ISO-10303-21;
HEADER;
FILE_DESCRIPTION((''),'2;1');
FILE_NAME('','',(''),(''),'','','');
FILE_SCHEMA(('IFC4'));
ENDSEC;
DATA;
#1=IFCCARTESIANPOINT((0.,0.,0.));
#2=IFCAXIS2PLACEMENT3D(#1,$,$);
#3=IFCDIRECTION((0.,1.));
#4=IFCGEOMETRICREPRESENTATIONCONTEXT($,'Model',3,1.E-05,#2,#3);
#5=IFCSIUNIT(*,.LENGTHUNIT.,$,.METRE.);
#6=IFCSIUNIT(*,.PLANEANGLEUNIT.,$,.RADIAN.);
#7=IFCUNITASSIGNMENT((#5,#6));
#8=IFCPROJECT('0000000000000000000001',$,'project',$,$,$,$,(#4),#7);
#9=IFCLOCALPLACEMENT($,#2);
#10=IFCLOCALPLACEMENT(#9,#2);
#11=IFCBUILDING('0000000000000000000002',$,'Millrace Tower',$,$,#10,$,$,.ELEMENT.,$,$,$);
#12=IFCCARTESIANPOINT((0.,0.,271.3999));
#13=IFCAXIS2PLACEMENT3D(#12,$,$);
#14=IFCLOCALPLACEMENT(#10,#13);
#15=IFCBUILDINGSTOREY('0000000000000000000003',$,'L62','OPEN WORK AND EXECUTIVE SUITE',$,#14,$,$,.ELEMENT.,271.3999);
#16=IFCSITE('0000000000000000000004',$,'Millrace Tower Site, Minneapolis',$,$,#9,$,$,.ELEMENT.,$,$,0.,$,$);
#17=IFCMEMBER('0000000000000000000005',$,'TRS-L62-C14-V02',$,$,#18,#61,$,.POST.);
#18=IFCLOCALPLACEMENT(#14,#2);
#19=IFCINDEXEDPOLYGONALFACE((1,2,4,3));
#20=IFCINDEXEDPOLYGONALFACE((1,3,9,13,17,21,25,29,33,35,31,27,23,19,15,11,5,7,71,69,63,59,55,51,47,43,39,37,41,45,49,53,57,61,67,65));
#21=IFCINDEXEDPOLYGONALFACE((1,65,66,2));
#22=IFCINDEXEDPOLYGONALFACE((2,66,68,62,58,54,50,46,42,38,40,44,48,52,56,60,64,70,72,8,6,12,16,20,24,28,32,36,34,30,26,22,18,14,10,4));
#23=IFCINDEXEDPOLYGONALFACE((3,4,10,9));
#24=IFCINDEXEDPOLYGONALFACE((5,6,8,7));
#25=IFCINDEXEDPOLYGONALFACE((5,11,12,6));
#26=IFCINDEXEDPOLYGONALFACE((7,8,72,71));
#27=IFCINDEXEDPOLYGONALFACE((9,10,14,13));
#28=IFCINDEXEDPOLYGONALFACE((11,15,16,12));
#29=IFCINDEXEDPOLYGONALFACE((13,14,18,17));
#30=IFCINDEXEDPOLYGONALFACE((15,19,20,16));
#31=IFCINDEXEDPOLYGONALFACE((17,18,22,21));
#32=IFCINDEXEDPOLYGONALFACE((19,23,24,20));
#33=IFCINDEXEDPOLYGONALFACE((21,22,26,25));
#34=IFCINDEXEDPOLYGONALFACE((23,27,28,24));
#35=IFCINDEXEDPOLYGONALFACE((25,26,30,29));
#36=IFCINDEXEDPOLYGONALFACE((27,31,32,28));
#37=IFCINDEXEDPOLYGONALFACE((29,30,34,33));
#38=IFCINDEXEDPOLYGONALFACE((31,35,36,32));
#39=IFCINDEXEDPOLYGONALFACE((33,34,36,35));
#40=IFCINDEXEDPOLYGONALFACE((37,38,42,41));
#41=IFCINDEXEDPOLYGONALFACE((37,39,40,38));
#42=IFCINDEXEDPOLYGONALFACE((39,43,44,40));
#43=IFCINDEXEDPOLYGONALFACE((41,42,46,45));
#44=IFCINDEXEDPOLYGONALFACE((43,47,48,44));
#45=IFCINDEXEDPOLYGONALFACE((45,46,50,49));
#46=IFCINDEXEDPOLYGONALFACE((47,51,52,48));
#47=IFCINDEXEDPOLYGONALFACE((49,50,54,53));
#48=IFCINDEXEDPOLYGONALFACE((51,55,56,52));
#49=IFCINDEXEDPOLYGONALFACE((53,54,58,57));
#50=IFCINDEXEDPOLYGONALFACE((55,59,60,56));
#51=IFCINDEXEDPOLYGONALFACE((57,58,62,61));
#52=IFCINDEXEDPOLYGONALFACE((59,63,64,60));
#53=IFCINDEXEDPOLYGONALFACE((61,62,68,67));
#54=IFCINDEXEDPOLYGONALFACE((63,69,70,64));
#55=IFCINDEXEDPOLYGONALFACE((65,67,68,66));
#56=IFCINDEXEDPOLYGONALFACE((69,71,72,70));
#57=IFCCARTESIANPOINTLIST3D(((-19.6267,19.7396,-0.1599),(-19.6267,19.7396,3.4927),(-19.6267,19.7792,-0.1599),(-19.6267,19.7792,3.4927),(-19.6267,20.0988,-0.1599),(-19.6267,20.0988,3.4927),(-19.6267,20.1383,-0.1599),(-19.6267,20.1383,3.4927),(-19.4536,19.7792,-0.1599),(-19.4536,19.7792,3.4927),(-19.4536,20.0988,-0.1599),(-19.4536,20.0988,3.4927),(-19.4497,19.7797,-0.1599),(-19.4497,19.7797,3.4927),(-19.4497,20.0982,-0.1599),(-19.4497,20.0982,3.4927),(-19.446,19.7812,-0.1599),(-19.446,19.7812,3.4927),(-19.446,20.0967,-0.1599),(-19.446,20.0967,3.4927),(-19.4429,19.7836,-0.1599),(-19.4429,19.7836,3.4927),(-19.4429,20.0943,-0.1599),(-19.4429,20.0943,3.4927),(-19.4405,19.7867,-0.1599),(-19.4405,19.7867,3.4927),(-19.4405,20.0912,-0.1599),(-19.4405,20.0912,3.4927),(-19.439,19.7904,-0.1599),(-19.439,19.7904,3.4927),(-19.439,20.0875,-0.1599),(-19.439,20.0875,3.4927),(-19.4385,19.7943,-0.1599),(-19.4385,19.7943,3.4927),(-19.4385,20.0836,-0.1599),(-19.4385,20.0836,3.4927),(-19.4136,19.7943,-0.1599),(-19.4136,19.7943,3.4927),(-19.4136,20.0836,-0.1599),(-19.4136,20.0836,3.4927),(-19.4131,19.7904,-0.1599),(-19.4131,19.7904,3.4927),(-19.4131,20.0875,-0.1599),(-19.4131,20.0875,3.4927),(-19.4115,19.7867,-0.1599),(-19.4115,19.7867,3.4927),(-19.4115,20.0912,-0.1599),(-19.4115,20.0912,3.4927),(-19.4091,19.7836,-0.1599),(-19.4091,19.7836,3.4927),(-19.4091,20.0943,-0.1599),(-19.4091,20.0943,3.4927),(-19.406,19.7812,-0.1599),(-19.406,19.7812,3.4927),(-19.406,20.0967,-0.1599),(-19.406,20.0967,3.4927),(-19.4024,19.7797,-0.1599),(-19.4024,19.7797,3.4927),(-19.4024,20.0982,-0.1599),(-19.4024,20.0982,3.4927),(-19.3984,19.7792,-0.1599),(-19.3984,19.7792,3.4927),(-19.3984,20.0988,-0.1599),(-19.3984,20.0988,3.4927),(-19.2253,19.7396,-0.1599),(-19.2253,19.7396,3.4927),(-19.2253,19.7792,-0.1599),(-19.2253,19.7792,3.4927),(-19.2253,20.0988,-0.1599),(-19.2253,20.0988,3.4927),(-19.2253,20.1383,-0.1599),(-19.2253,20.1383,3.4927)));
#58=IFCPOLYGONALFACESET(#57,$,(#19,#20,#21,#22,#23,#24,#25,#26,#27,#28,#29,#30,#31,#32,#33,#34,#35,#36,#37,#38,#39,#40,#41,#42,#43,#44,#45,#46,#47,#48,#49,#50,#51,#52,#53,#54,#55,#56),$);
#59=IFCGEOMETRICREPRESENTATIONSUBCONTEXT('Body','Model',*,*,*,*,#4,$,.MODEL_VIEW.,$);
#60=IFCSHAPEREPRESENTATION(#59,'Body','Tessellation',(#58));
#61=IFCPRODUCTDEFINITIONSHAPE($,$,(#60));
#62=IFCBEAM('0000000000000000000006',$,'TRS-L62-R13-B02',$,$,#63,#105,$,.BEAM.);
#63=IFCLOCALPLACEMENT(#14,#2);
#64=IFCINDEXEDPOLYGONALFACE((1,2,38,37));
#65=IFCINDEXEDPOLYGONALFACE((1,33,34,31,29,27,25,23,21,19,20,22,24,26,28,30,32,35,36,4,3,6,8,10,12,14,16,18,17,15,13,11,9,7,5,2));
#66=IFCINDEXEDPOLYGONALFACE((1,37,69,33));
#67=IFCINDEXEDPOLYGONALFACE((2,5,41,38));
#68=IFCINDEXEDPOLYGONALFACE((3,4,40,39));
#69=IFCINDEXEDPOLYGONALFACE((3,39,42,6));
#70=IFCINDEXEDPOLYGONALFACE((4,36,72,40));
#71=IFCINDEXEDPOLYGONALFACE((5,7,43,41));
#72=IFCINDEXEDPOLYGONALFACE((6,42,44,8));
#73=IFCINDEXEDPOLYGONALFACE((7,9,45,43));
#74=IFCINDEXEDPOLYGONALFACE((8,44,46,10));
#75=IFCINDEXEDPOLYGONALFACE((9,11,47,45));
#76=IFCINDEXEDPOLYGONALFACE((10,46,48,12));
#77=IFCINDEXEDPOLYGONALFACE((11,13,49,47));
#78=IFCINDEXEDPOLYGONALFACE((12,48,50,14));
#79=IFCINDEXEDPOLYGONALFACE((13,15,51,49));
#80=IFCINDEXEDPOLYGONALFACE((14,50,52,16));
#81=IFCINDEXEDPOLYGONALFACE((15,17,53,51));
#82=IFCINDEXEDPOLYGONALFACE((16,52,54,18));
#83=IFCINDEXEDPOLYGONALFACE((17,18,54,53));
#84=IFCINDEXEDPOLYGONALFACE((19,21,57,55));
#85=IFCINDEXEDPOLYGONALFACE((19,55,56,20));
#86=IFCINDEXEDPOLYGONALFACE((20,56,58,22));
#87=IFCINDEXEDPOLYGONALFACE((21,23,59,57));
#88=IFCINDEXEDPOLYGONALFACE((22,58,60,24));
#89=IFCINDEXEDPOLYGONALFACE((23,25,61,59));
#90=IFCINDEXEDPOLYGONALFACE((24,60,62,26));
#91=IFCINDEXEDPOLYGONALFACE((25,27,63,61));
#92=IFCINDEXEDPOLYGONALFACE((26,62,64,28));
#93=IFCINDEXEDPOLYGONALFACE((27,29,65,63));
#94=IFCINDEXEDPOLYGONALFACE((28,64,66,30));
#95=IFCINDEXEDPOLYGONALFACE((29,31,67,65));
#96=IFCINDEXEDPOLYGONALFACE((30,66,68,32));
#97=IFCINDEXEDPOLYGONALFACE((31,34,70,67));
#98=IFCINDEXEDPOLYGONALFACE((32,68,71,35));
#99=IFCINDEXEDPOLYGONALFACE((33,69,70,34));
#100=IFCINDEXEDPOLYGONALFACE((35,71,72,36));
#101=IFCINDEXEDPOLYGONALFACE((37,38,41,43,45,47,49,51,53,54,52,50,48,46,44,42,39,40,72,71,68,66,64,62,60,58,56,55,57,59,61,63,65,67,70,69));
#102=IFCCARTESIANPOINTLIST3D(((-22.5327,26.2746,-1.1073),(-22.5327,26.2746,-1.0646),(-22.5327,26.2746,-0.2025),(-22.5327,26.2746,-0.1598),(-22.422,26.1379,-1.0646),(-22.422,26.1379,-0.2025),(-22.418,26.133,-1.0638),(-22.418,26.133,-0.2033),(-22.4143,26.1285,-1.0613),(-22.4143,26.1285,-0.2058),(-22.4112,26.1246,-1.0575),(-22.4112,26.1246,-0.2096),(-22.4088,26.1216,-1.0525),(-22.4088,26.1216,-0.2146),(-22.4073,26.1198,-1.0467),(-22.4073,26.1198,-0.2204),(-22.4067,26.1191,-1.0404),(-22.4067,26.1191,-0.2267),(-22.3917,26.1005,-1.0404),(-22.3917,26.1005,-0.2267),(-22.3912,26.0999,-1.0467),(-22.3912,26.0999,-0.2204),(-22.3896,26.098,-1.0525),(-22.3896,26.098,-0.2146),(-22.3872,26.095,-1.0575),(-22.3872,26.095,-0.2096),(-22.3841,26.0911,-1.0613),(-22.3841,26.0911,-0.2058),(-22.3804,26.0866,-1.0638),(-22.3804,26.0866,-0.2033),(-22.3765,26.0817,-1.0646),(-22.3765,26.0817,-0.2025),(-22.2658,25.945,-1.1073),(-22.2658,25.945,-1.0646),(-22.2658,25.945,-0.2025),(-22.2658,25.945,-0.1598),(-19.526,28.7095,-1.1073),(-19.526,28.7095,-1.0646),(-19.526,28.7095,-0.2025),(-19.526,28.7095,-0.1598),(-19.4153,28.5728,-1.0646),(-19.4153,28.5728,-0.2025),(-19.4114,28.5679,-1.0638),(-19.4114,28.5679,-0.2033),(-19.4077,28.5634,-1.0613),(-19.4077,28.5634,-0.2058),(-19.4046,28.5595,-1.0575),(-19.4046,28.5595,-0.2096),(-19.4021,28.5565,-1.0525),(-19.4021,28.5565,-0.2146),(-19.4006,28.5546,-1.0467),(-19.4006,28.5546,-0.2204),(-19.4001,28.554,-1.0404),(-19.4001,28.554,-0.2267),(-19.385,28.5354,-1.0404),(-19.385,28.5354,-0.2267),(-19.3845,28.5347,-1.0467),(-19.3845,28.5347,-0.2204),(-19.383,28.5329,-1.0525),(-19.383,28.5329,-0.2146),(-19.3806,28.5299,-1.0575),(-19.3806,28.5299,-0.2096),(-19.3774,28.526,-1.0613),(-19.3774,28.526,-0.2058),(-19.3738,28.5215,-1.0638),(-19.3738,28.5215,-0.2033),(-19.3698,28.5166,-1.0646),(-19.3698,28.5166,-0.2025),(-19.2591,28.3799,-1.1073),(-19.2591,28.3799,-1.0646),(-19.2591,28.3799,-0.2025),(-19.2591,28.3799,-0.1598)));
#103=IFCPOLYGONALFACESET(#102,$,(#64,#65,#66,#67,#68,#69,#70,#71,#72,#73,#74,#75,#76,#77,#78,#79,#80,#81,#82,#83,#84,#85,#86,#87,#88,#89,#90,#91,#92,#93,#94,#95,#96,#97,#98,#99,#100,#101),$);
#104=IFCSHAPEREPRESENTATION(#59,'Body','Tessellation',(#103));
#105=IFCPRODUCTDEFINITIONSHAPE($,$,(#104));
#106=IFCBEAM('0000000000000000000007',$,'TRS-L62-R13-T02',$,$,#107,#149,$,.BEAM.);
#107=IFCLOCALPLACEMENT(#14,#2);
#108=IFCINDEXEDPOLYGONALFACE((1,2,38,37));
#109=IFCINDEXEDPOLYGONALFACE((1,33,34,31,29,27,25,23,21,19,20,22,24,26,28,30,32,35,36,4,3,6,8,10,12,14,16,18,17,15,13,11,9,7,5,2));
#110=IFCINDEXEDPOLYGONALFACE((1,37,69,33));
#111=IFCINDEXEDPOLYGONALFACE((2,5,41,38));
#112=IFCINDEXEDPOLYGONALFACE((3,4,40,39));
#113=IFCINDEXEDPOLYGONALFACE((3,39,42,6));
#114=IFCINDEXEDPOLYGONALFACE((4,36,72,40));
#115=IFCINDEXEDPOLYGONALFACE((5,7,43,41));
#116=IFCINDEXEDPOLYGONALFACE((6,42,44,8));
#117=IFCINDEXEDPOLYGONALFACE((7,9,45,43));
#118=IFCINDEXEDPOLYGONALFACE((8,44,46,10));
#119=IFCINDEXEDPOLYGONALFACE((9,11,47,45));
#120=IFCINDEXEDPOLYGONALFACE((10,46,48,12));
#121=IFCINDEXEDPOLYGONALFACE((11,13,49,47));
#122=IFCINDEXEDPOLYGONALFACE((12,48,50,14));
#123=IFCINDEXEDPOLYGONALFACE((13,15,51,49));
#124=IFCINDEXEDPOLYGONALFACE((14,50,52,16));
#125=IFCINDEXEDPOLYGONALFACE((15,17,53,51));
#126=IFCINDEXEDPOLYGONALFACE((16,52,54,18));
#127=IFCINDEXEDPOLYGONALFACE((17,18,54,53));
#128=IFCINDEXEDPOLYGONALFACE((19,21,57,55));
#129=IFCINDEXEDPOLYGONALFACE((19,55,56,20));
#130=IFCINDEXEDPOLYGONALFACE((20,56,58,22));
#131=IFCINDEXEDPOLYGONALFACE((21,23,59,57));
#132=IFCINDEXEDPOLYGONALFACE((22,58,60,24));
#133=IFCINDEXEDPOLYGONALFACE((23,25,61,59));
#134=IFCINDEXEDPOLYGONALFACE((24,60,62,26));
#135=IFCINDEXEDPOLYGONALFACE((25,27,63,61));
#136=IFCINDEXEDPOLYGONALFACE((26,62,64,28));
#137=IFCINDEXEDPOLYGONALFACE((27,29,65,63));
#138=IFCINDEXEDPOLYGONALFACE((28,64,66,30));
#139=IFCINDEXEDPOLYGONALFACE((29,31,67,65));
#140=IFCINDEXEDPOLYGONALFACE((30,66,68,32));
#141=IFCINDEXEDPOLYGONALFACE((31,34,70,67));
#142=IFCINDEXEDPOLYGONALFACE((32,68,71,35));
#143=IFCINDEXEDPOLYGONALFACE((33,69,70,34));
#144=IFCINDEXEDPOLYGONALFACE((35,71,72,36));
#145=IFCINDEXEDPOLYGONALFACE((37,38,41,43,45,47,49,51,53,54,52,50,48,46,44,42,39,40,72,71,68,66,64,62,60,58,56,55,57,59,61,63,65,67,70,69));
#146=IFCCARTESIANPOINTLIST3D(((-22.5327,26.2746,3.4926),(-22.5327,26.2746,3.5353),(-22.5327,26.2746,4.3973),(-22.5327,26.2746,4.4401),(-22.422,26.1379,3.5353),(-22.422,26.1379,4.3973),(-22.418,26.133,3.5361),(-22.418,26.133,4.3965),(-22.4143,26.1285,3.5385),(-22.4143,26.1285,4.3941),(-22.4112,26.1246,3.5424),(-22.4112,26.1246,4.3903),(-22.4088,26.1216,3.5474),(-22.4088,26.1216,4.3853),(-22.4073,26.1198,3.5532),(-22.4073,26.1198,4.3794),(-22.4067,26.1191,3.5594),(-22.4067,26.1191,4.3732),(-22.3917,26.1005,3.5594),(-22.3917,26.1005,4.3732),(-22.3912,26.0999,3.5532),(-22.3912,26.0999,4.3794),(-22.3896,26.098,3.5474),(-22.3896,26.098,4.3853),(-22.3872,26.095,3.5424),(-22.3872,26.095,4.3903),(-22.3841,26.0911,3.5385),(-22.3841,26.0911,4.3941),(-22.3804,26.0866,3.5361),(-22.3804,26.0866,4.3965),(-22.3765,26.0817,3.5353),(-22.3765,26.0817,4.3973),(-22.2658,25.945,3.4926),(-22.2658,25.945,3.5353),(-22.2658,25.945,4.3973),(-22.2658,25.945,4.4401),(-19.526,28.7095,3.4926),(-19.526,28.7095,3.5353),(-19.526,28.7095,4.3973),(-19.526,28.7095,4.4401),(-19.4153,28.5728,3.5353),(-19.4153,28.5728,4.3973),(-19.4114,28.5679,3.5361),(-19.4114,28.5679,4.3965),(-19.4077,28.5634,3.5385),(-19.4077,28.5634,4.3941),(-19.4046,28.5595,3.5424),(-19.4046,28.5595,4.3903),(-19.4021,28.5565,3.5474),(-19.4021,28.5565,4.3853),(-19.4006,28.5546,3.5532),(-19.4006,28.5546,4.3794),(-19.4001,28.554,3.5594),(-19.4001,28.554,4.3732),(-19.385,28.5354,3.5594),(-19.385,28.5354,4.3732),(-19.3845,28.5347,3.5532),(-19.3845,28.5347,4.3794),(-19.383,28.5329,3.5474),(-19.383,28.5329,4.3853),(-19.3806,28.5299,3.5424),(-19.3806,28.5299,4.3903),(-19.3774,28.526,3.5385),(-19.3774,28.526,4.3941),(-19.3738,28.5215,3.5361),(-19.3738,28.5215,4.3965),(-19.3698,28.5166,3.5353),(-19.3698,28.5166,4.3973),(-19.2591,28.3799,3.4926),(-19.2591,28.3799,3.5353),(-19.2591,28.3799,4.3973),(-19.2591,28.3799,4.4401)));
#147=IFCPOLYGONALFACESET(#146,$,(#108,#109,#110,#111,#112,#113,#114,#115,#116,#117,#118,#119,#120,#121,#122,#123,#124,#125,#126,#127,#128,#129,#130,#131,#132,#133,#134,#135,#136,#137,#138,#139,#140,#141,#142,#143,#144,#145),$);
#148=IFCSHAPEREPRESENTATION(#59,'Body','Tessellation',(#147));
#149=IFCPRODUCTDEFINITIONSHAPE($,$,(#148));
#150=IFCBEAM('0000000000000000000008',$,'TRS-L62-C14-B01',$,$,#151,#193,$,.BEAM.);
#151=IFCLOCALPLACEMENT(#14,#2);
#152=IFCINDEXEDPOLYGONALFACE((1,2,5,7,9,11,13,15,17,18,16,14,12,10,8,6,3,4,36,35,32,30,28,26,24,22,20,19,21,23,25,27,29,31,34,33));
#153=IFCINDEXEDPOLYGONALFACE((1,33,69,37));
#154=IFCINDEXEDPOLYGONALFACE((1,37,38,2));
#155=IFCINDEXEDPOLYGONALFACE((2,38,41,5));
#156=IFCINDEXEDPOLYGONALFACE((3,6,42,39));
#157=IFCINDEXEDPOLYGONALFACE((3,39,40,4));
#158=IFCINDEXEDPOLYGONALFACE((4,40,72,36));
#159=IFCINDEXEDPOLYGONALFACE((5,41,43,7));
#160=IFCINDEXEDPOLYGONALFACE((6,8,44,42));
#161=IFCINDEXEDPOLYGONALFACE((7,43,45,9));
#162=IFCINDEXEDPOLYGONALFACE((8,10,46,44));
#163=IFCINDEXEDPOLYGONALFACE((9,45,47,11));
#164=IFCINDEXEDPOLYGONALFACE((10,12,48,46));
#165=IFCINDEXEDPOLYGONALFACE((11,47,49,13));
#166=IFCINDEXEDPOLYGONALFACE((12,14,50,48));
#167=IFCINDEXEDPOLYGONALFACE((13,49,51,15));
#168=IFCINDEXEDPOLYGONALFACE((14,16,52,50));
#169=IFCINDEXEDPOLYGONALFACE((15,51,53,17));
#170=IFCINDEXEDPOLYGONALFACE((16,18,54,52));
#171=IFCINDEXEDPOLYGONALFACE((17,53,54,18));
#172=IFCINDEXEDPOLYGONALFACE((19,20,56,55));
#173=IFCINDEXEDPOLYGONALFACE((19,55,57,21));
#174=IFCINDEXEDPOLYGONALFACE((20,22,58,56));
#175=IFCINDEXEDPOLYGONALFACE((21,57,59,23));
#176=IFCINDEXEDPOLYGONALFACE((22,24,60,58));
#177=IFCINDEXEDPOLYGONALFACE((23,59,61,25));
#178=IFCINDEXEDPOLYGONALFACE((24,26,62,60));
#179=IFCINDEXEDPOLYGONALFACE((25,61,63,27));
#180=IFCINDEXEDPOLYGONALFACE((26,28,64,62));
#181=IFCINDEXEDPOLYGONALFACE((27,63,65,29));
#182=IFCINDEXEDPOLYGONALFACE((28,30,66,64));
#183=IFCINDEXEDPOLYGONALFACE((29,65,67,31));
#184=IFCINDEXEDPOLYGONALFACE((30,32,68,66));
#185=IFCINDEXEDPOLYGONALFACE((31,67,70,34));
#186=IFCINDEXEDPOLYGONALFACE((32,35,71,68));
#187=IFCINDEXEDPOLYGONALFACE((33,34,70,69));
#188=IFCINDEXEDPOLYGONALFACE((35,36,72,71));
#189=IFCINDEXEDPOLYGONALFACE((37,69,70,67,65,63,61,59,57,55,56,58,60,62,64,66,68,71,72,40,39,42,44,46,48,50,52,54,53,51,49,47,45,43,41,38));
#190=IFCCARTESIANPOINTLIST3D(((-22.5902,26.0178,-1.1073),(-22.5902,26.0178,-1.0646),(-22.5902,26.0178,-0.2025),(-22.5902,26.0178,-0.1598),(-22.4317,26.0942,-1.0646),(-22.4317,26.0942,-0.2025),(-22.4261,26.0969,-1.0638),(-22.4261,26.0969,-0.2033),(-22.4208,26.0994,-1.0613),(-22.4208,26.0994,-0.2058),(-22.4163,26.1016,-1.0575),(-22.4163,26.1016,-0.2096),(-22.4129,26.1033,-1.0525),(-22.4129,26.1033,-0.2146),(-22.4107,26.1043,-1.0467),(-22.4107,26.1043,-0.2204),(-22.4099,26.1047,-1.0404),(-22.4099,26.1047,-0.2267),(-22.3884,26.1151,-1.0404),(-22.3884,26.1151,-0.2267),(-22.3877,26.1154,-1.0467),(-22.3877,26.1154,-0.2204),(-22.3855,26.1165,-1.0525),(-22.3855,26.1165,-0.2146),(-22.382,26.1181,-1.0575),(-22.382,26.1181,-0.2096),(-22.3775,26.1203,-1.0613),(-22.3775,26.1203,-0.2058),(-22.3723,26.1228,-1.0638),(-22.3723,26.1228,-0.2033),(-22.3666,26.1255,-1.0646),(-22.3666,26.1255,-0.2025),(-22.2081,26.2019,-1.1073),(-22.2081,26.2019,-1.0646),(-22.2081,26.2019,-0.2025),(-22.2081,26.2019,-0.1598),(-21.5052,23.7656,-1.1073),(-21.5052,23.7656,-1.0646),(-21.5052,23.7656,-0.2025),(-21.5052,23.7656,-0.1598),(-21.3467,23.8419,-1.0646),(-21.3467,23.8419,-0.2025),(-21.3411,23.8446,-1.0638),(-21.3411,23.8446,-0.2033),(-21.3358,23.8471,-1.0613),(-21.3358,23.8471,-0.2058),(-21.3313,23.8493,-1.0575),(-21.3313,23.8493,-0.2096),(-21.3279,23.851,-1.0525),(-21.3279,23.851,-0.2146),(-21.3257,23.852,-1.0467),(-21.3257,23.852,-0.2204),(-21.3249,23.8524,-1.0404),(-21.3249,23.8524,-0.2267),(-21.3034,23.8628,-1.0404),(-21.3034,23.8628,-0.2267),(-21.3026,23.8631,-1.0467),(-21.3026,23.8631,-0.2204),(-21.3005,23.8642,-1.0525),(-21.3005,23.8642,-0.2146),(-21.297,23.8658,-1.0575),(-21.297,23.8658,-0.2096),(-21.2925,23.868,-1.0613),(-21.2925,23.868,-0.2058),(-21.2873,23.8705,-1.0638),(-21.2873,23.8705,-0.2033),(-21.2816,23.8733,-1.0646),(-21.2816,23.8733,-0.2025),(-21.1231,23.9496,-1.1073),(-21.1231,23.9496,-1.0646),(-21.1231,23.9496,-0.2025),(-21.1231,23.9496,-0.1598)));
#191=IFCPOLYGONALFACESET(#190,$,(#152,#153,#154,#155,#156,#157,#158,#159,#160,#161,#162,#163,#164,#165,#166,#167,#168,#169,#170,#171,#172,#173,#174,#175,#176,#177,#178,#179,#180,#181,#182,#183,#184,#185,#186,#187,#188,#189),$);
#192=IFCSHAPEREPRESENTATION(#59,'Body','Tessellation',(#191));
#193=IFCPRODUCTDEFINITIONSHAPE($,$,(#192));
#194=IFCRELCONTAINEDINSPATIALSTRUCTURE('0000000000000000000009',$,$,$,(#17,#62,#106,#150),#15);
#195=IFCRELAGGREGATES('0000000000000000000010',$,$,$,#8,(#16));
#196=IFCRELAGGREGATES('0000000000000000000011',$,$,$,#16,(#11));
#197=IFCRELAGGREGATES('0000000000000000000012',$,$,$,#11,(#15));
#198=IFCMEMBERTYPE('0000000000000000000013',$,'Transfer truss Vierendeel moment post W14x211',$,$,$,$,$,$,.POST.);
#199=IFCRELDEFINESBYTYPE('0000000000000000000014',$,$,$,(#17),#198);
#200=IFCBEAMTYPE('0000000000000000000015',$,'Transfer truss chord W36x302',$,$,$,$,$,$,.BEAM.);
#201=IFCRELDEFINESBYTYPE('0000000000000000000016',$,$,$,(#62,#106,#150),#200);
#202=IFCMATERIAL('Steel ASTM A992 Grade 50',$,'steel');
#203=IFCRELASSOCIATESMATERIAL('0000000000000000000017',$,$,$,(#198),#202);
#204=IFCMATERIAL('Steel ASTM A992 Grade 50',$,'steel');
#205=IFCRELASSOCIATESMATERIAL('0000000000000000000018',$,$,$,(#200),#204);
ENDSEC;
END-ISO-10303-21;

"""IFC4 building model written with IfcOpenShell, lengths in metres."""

from ifc_helpers import new_model, si_unit, direction, frame, origin, origin_2d, place, context, subcontext, project, spatial, i_section, extrude, material, material_profile, profile_set, type_object, element, save


model = new_model("IFC4")

# Units and contexts
model_context = context("Model", 3, precision=1e-05, world=origin(), true_north=direction((0.0, 1.0)))
body_context = subcontext(model_context, "Body", "Model", "MODEL_VIEW")
ifc_project = project(units=[si_unit("LENGTHUNIT", "METRE"), si_unit("PLANEANGLEUNIT", "RADIAN")], contexts=[model_context])

# Site, building, storey
site_placement = place(None, origin())
site = spatial("IfcSite", under=ifc_project, at=site_placement, Name="Millrace Tower Site, Minneapolis", CompositionType="ELEMENT", RefElevation=0.0)
building_placement = place(site_placement, origin())
building = spatial("IfcBuilding", under=site, at=building_placement, Name="Millrace Tower", CompositionType="ELEMENT")
storey_placement = place(building_placement, frame((0.0, 0.0, 271.3999)))
storey = spatial("IfcBuildingStorey", under=building, at=storey_placement, Name="L62", Description="OPEN WORK AND EXECUTIVE SUITE", CompositionType="ELEMENT", Elevation=271.3999)

# Member
ifc_material_1 = material(Name="Steel ASTM A992 Grade 50", Category="steel")
ifc_material_profile_1 = material_profile(ifc_material_1, i_section(OverallWidth=0.4014, OverallDepth=0.3987, WebThickness=0.0249, FlangeThickness=0.0396, FilletRadius=0.0151, at=origin_2d()))
ifc_profile_set_1 = profile_set([ifc_material_profile_1], Name="Steel ASTM A992 Grade 50")
member_type_1 = type_object("IfcMemberType", Name="Transfer truss Vierendeel moment post W14x211", PredefinedType="POST", material=ifc_profile_set_1)
for number, where, z_axis, x_axis, name in (
    (1, (-19.426, 19.939, -0.1599), (0.0, 0.0, 1.0), (1.0, 0.0, 0.0), "TRS-L62-C14-V02"),
):
    element("IfcMember", number, at=place(storey_placement, frame(where, z_axis=z_axis, x_axis=x_axis)), inside=storey, type_object=member_type_1, Name=name, PredefinedType="POST", context=body_context, shape_type="SweptSolid", body=[
        extrude(i_section(OverallWidth=0.4014, OverallDepth=0.3987, WebThickness=0.0249, FlangeThickness=0.0396, FilletRadius=0.0151, at=origin_2d()), origin(), (0.0, 0.0, 1.0), 3.6526),
    ])

# Beams
ifc_material_2 = material(Name="Steel ASTM A992 Grade 50", Category="steel")
ifc_material_profile_2 = material_profile(ifc_material_2, i_section(OverallWidth=0.4241, OverallDepth=0.9475, WebThickness=0.0239, FlangeThickness=0.0427, FilletRadius=0.0242, at=origin_2d()))
ifc_profile_set_2 = profile_set([ifc_material_profile_2], Name="Steel ASTM A992 Grade 50")
beam_type_1 = type_object("IfcBeamType", Name="Transfer truss chord W36x302", PredefinedType="BEAM", material=ifc_profile_set_2)
for number, where, z_axis, x_axis, name in (
    (2, (-19.3926, 28.5447, -0.6335), (-0.77713, -0.62934, 0.0), (0.62934, -0.77713, 0.0), "TRS-L62-R13-B02"),
    (3, (-19.3926, 28.5447, 3.9663), (-0.77713, -0.62934, 0.0), (0.62934, -0.77713, 0.0), "TRS-L62-R13-T02"),
):
    element("IfcBeam", number, at=place(storey_placement, frame(where, z_axis=z_axis, x_axis=x_axis)), inside=storey, type_object=beam_type_1, Name=name, PredefinedType="BEAM", context=body_context, shape_type="SweptSolid", body=[
        extrude(i_section(OverallWidth=0.4241, OverallDepth=0.9475, WebThickness=0.0239, FlangeThickness=0.0427, FilletRadius=0.0242, at=origin_2d()), origin(), (0.0, 0.0, 1.0), 3.8689),
    ])
for number, where, z_axis, x_axis, name in (
    (4, (-22.3992, 26.1099, -0.6335), (0.434001, -0.900913, 0.0), (0.900913, 0.434001, 0.0), "TRS-L62-C14-B01"),
):
    element("IfcBeam", number, at=place(storey_placement, frame(where, z_axis=z_axis, x_axis=x_axis)), inside=storey, type_object=beam_type_1, Name=name, PredefinedType="BEAM", context=body_context, shape_type="SweptSolid", body=[
        extrude(i_section(OverallWidth=0.4241, OverallDepth=0.9475, WebThickness=0.0239, FlangeThickness=0.0427, FilletRadius=0.0242, at=origin_2d()), origin(), (0.0, 0.0, 1.0), 2.5),
    ])

save(model, "model.ifc")
